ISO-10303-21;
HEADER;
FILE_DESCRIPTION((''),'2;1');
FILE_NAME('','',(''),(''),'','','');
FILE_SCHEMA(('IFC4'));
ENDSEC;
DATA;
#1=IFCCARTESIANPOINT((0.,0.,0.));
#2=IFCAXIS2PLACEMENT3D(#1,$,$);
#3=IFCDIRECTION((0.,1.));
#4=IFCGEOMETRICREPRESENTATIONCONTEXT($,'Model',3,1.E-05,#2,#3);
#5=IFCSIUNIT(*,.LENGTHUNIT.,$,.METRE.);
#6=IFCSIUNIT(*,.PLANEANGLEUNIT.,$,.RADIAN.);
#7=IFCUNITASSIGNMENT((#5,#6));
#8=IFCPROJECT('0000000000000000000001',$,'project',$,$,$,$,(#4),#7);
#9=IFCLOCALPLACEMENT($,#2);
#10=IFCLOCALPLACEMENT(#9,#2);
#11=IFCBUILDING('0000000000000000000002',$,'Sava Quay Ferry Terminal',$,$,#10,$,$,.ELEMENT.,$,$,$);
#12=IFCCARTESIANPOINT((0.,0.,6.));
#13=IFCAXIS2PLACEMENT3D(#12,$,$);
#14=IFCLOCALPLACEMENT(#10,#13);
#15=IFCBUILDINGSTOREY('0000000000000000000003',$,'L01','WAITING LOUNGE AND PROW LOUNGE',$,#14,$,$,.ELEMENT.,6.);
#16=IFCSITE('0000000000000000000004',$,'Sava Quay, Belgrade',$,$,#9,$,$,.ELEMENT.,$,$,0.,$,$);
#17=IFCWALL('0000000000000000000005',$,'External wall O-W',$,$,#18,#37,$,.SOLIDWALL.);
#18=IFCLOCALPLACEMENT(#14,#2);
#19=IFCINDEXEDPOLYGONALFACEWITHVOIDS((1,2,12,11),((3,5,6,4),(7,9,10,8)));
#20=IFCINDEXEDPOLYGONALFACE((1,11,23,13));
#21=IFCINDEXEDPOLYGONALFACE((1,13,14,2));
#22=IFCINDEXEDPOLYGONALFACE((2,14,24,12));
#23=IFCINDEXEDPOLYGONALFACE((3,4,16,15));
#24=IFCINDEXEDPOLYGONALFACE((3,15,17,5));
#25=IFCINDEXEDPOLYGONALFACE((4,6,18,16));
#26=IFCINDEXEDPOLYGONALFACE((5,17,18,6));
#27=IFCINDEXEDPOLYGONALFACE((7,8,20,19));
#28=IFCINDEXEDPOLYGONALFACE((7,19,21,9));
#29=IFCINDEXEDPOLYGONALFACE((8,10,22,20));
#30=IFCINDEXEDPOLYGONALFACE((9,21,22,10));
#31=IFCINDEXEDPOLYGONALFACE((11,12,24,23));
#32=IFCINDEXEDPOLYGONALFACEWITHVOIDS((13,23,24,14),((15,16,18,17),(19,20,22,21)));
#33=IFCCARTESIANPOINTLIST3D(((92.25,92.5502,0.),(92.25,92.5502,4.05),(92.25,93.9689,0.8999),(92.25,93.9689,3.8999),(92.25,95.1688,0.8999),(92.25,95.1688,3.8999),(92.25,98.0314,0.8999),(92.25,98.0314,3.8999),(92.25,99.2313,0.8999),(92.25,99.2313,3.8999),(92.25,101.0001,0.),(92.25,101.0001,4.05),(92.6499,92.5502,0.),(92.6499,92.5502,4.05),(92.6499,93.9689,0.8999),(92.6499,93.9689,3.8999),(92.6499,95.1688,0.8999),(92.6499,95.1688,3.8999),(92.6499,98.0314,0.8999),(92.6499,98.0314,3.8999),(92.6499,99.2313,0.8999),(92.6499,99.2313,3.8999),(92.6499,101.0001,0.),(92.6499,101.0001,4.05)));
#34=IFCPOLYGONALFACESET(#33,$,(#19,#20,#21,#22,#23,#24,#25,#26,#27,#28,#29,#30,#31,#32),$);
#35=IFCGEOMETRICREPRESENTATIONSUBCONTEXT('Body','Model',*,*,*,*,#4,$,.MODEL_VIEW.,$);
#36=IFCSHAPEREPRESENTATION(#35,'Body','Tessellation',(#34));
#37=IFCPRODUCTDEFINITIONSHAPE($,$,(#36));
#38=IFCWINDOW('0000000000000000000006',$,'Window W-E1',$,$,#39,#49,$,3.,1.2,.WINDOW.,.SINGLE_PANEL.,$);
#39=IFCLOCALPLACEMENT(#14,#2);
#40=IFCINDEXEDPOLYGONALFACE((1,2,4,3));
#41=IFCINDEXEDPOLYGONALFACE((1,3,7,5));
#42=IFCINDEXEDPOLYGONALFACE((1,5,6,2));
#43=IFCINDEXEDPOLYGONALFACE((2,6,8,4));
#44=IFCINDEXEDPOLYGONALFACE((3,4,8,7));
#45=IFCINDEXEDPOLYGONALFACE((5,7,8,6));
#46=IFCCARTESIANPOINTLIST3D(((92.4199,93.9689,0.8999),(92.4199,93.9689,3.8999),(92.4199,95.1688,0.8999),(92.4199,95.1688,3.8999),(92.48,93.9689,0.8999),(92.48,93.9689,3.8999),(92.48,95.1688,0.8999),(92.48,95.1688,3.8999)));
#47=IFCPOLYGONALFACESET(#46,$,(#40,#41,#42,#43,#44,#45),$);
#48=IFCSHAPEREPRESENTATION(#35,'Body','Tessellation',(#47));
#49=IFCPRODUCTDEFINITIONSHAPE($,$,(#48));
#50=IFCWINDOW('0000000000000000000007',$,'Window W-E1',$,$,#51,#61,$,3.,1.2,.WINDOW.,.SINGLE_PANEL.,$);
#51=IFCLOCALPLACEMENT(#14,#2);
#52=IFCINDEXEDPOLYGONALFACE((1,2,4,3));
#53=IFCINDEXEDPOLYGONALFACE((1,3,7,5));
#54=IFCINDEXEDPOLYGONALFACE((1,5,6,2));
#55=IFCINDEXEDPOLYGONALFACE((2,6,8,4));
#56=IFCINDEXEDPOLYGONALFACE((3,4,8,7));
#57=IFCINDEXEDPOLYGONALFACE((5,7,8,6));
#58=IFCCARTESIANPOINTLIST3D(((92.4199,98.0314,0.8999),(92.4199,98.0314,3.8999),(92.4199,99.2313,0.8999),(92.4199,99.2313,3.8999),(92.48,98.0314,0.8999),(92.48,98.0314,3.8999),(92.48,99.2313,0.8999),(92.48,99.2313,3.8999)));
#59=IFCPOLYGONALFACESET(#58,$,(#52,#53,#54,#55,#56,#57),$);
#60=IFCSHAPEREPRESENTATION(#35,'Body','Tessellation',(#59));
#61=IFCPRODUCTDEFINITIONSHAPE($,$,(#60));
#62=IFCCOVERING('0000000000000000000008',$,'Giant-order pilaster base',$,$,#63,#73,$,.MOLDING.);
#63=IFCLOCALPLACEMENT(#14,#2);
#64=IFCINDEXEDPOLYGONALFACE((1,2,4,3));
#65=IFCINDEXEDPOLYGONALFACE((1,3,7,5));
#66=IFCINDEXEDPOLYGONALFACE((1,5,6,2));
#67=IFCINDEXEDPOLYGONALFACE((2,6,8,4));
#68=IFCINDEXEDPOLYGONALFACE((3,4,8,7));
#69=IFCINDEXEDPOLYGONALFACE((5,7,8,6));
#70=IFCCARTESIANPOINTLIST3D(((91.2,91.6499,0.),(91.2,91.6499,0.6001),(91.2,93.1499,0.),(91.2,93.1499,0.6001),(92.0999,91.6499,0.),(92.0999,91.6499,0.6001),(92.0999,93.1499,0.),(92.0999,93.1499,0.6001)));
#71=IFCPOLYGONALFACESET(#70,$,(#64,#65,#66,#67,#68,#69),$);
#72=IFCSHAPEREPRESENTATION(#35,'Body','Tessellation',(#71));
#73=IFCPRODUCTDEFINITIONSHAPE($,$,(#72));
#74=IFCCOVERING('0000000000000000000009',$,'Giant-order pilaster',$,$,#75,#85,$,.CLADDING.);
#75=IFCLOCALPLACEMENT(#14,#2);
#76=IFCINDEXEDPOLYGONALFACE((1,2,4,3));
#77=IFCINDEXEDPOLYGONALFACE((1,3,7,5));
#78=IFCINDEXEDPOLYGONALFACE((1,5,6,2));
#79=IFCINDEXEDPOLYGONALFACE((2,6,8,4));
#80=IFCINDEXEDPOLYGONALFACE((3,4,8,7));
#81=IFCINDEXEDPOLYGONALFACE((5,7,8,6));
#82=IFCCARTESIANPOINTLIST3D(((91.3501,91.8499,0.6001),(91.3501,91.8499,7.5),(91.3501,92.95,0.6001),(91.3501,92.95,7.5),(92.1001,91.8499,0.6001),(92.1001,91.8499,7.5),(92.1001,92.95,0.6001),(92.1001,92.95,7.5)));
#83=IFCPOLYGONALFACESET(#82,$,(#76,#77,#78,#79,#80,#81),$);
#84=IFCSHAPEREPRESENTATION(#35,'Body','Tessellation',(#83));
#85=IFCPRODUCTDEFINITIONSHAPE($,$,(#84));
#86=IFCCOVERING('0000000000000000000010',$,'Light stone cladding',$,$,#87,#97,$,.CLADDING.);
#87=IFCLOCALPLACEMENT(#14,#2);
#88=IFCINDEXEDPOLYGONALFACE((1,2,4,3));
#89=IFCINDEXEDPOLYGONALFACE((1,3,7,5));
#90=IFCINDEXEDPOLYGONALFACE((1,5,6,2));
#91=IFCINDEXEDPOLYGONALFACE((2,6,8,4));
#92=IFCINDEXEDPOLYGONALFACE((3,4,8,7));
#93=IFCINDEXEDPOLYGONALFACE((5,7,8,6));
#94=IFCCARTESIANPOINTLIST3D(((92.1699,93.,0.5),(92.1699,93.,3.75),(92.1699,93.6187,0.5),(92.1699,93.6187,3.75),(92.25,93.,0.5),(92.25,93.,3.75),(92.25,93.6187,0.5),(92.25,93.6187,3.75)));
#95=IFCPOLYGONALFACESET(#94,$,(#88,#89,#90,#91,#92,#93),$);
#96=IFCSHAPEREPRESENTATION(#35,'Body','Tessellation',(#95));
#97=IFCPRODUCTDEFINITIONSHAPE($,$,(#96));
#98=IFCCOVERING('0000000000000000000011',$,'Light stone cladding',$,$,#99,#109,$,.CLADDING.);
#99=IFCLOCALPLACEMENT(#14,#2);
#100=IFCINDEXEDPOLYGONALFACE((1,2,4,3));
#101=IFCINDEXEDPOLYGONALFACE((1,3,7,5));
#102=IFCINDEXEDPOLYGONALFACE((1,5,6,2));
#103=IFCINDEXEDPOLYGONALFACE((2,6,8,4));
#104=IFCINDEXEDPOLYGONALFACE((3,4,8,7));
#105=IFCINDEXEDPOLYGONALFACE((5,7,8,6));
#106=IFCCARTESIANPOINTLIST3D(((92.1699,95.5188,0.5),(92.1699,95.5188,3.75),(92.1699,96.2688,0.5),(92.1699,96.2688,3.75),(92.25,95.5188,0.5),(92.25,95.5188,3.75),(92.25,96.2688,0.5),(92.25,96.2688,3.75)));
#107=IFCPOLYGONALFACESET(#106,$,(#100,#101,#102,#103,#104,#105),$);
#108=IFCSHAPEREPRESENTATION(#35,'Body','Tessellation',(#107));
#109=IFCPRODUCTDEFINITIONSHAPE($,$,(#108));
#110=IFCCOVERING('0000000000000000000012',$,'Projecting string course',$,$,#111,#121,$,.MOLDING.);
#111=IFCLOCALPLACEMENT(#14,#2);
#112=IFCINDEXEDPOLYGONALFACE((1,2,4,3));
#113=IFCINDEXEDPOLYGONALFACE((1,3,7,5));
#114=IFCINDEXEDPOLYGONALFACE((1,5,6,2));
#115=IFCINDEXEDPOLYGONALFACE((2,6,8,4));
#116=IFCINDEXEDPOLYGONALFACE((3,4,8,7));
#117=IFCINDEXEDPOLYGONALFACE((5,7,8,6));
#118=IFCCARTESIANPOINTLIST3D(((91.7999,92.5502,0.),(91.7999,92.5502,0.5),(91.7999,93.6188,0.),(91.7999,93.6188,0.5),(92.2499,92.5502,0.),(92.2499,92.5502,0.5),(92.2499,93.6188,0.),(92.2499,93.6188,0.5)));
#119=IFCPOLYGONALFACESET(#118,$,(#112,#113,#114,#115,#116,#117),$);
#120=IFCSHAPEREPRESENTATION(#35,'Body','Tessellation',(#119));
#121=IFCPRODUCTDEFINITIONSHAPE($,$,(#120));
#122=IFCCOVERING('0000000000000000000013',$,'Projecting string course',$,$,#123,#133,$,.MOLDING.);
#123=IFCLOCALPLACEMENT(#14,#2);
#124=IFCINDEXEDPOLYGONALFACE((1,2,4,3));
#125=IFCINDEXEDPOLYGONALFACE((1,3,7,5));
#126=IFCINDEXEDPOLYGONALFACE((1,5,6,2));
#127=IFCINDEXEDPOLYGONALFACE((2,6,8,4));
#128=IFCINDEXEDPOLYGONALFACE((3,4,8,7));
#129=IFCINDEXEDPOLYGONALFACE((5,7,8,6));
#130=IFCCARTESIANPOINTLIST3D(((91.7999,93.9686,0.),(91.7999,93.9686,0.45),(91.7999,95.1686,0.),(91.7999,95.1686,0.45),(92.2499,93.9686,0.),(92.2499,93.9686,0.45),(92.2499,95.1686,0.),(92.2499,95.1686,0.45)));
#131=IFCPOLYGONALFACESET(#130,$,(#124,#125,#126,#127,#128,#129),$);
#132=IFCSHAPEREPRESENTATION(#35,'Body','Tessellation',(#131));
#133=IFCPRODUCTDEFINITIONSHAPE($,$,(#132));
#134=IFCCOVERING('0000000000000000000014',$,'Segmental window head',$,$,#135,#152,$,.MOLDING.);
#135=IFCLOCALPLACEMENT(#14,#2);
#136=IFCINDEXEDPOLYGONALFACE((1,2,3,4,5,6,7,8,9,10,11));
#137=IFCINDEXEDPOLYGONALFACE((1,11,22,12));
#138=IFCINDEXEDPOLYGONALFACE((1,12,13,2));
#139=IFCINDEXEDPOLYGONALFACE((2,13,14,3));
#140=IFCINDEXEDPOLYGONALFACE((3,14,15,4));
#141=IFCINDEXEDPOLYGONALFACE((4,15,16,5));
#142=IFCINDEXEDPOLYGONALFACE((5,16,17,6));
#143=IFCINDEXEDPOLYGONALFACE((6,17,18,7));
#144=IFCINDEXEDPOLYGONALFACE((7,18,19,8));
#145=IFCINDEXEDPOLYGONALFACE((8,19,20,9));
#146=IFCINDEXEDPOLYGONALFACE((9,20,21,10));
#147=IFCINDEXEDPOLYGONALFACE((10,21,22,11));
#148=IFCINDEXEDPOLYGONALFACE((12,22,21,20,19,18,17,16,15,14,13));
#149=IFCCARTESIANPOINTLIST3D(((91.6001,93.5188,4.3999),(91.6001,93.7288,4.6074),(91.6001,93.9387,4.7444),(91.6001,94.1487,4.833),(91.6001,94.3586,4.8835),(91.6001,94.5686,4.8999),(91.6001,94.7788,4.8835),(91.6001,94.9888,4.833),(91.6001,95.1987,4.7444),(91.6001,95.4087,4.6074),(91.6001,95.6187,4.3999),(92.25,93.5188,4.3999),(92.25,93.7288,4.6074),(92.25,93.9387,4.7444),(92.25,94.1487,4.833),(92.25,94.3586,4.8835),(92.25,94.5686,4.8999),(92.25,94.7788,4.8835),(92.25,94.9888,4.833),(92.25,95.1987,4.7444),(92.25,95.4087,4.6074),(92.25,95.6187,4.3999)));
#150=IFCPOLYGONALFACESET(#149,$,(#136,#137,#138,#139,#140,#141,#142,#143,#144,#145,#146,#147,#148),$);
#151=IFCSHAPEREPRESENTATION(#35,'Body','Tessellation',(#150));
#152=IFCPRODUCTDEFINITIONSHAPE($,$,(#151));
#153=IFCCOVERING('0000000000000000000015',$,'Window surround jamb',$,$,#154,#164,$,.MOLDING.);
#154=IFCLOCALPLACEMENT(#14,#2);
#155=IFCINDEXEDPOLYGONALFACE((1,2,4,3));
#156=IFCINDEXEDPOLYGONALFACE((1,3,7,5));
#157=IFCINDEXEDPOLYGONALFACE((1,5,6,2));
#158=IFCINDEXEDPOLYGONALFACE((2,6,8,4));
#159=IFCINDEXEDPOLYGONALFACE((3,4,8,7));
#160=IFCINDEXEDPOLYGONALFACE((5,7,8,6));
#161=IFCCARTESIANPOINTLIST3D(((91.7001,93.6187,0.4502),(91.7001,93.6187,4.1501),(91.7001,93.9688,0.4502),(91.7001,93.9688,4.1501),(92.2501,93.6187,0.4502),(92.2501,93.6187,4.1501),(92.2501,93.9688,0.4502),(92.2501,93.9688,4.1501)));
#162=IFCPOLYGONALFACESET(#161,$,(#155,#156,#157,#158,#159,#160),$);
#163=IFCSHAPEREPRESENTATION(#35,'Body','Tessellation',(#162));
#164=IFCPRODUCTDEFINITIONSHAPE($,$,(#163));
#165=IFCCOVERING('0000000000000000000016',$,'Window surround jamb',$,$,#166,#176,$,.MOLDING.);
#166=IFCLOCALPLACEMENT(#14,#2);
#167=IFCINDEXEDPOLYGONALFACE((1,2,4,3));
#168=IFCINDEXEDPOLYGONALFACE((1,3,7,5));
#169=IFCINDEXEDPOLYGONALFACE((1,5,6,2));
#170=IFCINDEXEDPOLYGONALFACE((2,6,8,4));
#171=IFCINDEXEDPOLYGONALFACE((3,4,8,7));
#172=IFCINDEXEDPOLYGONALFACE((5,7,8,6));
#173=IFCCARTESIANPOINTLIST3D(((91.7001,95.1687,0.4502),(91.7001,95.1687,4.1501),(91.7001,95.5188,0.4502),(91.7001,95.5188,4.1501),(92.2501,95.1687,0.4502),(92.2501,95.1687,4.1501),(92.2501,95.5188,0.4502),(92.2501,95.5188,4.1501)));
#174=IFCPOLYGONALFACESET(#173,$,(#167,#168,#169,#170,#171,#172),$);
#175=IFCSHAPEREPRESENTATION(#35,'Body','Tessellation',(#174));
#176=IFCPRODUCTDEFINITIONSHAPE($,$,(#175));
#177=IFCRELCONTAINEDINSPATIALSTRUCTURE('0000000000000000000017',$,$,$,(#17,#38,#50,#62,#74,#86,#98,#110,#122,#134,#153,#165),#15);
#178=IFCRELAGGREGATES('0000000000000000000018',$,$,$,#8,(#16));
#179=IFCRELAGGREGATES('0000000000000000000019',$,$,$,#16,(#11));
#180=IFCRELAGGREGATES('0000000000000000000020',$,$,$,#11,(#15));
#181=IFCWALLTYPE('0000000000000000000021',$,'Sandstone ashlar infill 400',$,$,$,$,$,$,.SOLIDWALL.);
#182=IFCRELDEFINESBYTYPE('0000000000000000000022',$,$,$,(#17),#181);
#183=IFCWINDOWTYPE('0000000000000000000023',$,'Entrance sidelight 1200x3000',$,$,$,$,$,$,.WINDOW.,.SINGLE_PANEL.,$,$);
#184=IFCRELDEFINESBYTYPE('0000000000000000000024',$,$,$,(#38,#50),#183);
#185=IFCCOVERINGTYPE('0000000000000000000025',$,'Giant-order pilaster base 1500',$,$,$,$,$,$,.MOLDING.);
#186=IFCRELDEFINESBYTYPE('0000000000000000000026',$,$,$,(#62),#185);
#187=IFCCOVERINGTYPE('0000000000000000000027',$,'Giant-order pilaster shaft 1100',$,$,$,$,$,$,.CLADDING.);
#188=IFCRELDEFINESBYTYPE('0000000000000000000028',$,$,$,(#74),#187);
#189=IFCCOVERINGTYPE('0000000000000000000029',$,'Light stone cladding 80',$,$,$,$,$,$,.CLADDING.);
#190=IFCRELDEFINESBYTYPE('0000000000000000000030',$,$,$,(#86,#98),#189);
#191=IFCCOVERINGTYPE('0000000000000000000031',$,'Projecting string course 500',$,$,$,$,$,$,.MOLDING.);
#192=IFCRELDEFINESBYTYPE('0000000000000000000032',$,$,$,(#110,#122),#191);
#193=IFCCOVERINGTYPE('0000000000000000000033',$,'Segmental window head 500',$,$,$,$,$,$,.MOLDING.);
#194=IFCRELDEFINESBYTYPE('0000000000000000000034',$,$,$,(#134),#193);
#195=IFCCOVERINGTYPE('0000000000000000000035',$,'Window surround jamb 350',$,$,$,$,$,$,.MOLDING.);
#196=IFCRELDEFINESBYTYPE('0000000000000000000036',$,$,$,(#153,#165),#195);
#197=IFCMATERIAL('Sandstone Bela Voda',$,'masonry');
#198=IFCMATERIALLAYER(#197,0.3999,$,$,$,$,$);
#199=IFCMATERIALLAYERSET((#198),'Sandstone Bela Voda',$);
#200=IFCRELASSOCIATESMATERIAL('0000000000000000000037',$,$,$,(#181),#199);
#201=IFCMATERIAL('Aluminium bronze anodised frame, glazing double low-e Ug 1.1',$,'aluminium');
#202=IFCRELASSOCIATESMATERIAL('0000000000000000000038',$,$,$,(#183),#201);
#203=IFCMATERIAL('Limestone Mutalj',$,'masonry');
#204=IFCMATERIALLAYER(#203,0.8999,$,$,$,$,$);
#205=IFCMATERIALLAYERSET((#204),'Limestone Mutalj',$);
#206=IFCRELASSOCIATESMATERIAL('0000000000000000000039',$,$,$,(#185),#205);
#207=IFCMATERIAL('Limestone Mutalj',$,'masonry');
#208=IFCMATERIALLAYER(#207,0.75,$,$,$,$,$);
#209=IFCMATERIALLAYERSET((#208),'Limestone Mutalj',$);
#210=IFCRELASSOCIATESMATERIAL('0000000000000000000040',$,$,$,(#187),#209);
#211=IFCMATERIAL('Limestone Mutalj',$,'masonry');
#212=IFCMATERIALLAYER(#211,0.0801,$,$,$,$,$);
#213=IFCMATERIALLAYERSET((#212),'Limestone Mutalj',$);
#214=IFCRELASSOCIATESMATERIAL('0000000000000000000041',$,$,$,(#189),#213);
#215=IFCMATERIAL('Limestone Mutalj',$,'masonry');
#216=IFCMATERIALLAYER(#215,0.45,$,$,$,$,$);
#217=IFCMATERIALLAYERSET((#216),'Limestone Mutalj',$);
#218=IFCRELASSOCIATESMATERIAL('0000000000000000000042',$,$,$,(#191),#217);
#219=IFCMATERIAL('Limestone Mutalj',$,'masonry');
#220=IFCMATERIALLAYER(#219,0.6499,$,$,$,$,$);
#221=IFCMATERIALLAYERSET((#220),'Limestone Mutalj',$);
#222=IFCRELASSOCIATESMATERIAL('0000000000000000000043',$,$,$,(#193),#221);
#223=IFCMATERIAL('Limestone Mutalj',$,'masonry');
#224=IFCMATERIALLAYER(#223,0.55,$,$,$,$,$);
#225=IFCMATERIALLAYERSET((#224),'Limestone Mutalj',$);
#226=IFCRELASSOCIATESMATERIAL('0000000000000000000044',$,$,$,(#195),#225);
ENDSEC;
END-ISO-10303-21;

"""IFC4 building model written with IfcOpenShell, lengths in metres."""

from ifc_helpers import new_model, si_unit, direction, frame, frame_2d, origin, origin_2d, place, context, subcontext, project, spatial, polyline, rectangle, outline, extrude, material, layer, layer_set, type_object, element, fill, save


model = new_model("IFC4")

# Units and contexts
model_context = context("Model", 3, precision=1e-05, world=origin(), true_north=direction((0.0, 1.0)))
body_context = subcontext(model_context, "Body", "Model", "MODEL_VIEW")
ifc_project = project(units=[si_unit("LENGTHUNIT", "METRE"), si_unit("PLANEANGLEUNIT", "RADIAN")], contexts=[model_context])

# Site, building, storey
site_placement = place(None, origin())
site = spatial("IfcSite", under=ifc_project, at=site_placement, Name="Sava Quay, Belgrade", CompositionType="ELEMENT", RefElevation=0.0)
building_placement = place(site_placement, origin())
building = spatial("IfcBuilding", under=site, at=building_placement, Name="Sava Quay Ferry Terminal", CompositionType="ELEMENT")
storey_placement = place(building_placement, frame((0.0, 0.0, 6.0)))
storey = spatial("IfcBuildingStorey", under=building, at=storey_placement, Name="L01", Description="WAITING LOUNGE AND PROW LOUNGE", CompositionType="ELEMENT", Elevation=6.0)

# Wall, openings, windows
ifc_material_1 = material(Name="Sandstone Bela Voda", Category="masonry")
ifc_layer_1 = layer(ifc_material_1, 0.3999)
ifc_layer_set_1 = layer_set([ifc_layer_1], Name="Sandstone Bela Voda")
wall_type = type_object("IfcWallType", Name="Sandstone ashlar infill 400", PredefinedType="SOLIDWALL", material=ifc_layer_set_1)
wall_placement = place(storey_placement, frame((92.45, 92.55, 0.0), z_axis=(0.0, 0.0, 1.0), x_axis=(0.0, 1.0, 0.0)))
wall = element("IfcWall", 1, at=wall_placement, inside=storey, type_object=wall_type, Name="External wall O-W", PredefinedType="SOLIDWALL", context=body_context, shape_type="SweptSolid", body=[
    extrude(rectangle(XDim=8.45, YDim=0.3999, at=frame_2d((4.2251, 0.0))), origin(), (0.0, 0.0, 1.0), 4.05),
])
opening_1_placement = place(wall_placement, frame((1.4187, 0.0, 0.8999)))
opening_1 = element("IfcOpeningElement", 2, at=opening_1_placement, cuts=wall, PredefinedType="OPENING", context=body_context, shape_type="SweptSolid", body=[
    extrude(rectangle(XDim=1.2, YDim=3.0, at=frame_2d((0.6001, 1.5))), frame((0.0, 0.2, 0.0), z_axis=(0.0, -1.0, 0.0), x_axis=(1.0, 0.0, 0.0)), (0.0, 0.0, 1.0), 0.3999),
])
opening_2_placement = place(wall_placement, frame((5.4812, 0.0, 0.8999)))
opening_2 = element("IfcOpeningElement", 3, at=opening_2_placement, cuts=wall, PredefinedType="OPENING", context=body_context, shape_type="SweptSolid", body=[
    extrude(rectangle(XDim=1.2, YDim=3.0, at=frame_2d((0.6001, 1.5))), frame((0.0, 0.2, 0.0), z_axis=(0.0, -1.0, 0.0), x_axis=(1.0, 0.0, 0.0)), (0.0, 0.0, 1.0), 0.3999),
])
ifc_material_2 = material(Name="Aluminium bronze anodised frame, glazing double low-e Ug 1.1", Category="aluminium")
window_type = type_object("IfcWindowType", Name="Entrance sidelight 1200x3000", PartitioningType="SINGLE_PANEL", PredefinedType="WINDOW", material=ifc_material_2)
window_1_placement = place(opening_1_placement, origin())
window_1 = element("IfcWindow", 4, at=window_1_placement, inside=storey, type_object=window_type, Name="Window W-E1", OverallHeight=3.0, OverallWidth=1.2, PartitioningType="SINGLE_PANEL", PredefinedType="WINDOW", context=body_context, shape_type="SweptSolid", body=[
    extrude(rectangle(XDim=1.2, YDim=3.0, at=frame_2d((0.6001, 1.5))), frame((0.0, 0.03, 0.0), z_axis=(0.0, -1.0, 0.0), x_axis=(1.0, 0.0, 0.0)), (0.0, 0.0, 1.0), 0.0601),
])
fill(opening_1, window_1)
window_2_placement = place(opening_2_placement, origin())
window_2 = element("IfcWindow", 5, at=window_2_placement, inside=storey, type_object=window_type, Name="Window W-E1", OverallHeight=3.0, OverallWidth=1.2, PartitioningType="SINGLE_PANEL", PredefinedType="WINDOW", context=body_context, shape_type="SweptSolid", body=[
    extrude(rectangle(XDim=1.2, YDim=3.0, at=frame_2d((0.6001, 1.5))), frame((0.0, 0.03, 0.0), z_axis=(0.0, -1.0, 0.0), x_axis=(1.0, 0.0, 0.0)), (0.0, 0.0, 1.0), 0.0601),
])
fill(opening_2, window_2)

# Coverings
ifc_material_3 = material(Name="Limestone Mutalj", Category="masonry")
ifc_layer_2 = layer(ifc_material_3, 0.8999)
ifc_layer_set_2 = layer_set([ifc_layer_2], Name="Limestone Mutalj")
covering_type_1 = type_object("IfcCoveringType", Name="Giant-order pilaster base 1500", PredefinedType="MOLDING", material=ifc_layer_set_2)
covering_1_placement = place(storey_placement, frame((91.6499, 92.3999, 0.0), z_axis=(0.0, 0.0, 1.0), x_axis=(1.0, 0.0, 0.0)))
element("IfcCovering", 6, at=covering_1_placement, inside=storey, type_object=covering_type_1, Name="Giant-order pilaster base", PredefinedType="MOLDING", context=body_context, shape_type="SweptSolid", body=[
    extrude(rectangle(XDim=0.8999, YDim=1.5, at=origin_2d()), origin(), (0.0, 0.0, 1.0), 0.6001),
])
ifc_material_4 = material(Name="Limestone Mutalj", Category="masonry")
ifc_layer_3 = layer(ifc_material_4, 0.75)
ifc_layer_set_3 = layer_set([ifc_layer_3], Name="Limestone Mutalj")
covering_type_2 = type_object("IfcCoveringType", Name="Giant-order pilaster shaft 1100", PredefinedType="CLADDING", material=ifc_layer_set_3)
covering_2_placement = place(storey_placement, frame((91.7251, 92.3999, 0.6001), z_axis=(0.0, 0.0, 1.0), x_axis=(1.0, 0.0, 0.0)))
element("IfcCovering", 7, at=covering_2_placement, inside=storey, type_object=covering_type_2, Name="Giant-order pilaster", PredefinedType="CLADDING", context=body_context, shape_type="SweptSolid", body=[
    extrude(rectangle(XDim=0.75, YDim=1.1001, at=origin_2d()), origin(), (0.0, 0.0, 1.0), 6.8999),
])
ifc_material_5 = material(Name="Limestone Mutalj", Category="masonry")
ifc_layer_4 = layer(ifc_material_5, 0.0801)
ifc_layer_set_4 = layer_set([ifc_layer_4], Name="Limestone Mutalj")
covering_type_3 = type_object("IfcCoveringType", Name="Light stone cladding 80", PredefinedType="CLADDING", material=ifc_layer_set_4)
covering_3_placement = place(storey_placement, frame((92.21, 93.3093, 0.5), z_axis=(0.0, 0.0, 1.0), x_axis=(1.0, 0.0, 0.0)))
element("IfcCovering", 8, at=covering_3_placement, inside=storey, type_object=covering_type_3, Name="Light stone cladding", PredefinedType="CLADDING", context=body_context, shape_type="SweptSolid", body=[
    extrude(rectangle(XDim=0.0801, YDim=0.6187, at=origin_2d()), origin(), (0.0, 0.0, 1.0), 3.25),
])
covering_4_placement = place(storey_placement, frame((92.21, 95.8938, 0.5), z_axis=(0.0, 0.0, 1.0), x_axis=(1.0, 0.0, 0.0)))
element("IfcCovering", 9, at=covering_4_placement, inside=storey, type_object=covering_type_3, Name="Light stone cladding", PredefinedType="CLADDING", context=body_context, shape_type="SweptSolid", body=[
    extrude(rectangle(XDim=0.0801, YDim=0.75, at=origin_2d()), origin(), (0.0, 0.0, 1.0), 3.25),
])
ifc_material_6 = material(Name="Limestone Mutalj", Category="masonry")
ifc_layer_5 = layer(ifc_material_6, 0.45)
ifc_layer_set_5 = layer_set([ifc_layer_5], Name="Limestone Mutalj")
covering_type_4 = type_object("IfcCoveringType", Name="Projecting string course 500", PredefinedType="MOLDING", material=ifc_layer_set_5)
covering_5_placement = place(storey_placement, frame((92.0249, 93.0845, 0.0), z_axis=(0.0, 0.0, 1.0), x_axis=(1.0, 0.0, 0.0)))
element("IfcCovering", 10, at=covering_5_placement, inside=storey, type_object=covering_type_4, Name="Projecting string course", PredefinedType="MOLDING", context=body_context, shape_type="SweptSolid", body=[
    extrude(rectangle(XDim=0.45, YDim=1.0686, at=origin_2d()), origin(), (0.0, 0.0, 1.0), 0.5),
])
covering_6_placement = place(storey_placement, frame((92.0249, 94.5686, 0.0), z_axis=(0.0, 0.0, 1.0), x_axis=(1.0, 0.0, 0.0)))
element("IfcCovering", 11, at=covering_6_placement, inside=storey, type_object=covering_type_4, Name="Projecting string course", PredefinedType="MOLDING", context=body_context, shape_type="SweptSolid", body=[
    extrude(rectangle(XDim=0.45, YDim=1.2, at=origin_2d()), origin(), (0.0, 0.0, 1.0), 0.45),
])
ifc_material_7 = material(Name="Limestone Mutalj", Category="masonry")
ifc_layer_6 = layer(ifc_material_7, 0.6499)
ifc_layer_set_6 = layer_set([ifc_layer_6], Name="Limestone Mutalj")
covering_type_5 = type_object("IfcCoveringType", Name="Segmental window head 500", PredefinedType="MOLDING", material=ifc_layer_set_6)
covering_7_placement = place(storey_placement, frame((91.6001, 93.5188, 4.3999), z_axis=(-1.0, 0.0, 0.0), x_axis=(0.0, 0.71123, 0.70296)))
element("IfcCovering", 12, at=covering_7_placement, inside=storey, type_object=covering_type_5, Name="Segmental window head", PredefinedType="MOLDING", context=body_context, shape_type="SweptSolid", body=[
    extrude(outline(polyline([(0.0, 0.0), (0.2952, 0.0), (0.5408, 0.0502), (0.7524, 0.1347), (0.9373, 0.2464), (1.0981, 0.3824), (1.2361, 0.5418), (1.3499, 0.7253), (1.437, 0.9359), (1.49, 1.1809), (1.4935, 1.4761), (0.0, 0.0)])), origin(), (0.0, 0.0, -1.0), 0.6499),
])
ifc_material_8 = material(Name="Limestone Mutalj", Category="masonry")
ifc_layer_7 = layer(ifc_material_8, 0.55)
ifc_layer_set_7 = layer_set([ifc_layer_7], Name="Limestone Mutalj")
covering_type_6 = type_object("IfcCoveringType", Name="Window surround jamb 350", PredefinedType="MOLDING", material=ifc_layer_set_7)
for number, where, z_axis, x_axis, name in (
    (13, (91.9751, 93.7937, 0.4502), (0.0, 0.0, 1.0), (1.0, 0.0, 0.0), "Window surround jamb"),
    (14, (91.9751, 95.3438, 0.4502), (0.0, 0.0, 1.0), (1.0, 0.0, 0.0), "Window surround jamb"),
):
    element("IfcCovering", number, at=place(storey_placement, frame(where, z_axis=z_axis, x_axis=x_axis)), inside=storey, type_object=covering_type_6, Name=name, PredefinedType="MOLDING", context=body_context, shape_type="SweptSolid", body=[
        extrude(rectangle(XDim=0.55, YDim=0.3501, at=origin_2d()), origin(), (0.0, 0.0, 1.0), 3.7),
    ])

save(model, "model.ifc")
